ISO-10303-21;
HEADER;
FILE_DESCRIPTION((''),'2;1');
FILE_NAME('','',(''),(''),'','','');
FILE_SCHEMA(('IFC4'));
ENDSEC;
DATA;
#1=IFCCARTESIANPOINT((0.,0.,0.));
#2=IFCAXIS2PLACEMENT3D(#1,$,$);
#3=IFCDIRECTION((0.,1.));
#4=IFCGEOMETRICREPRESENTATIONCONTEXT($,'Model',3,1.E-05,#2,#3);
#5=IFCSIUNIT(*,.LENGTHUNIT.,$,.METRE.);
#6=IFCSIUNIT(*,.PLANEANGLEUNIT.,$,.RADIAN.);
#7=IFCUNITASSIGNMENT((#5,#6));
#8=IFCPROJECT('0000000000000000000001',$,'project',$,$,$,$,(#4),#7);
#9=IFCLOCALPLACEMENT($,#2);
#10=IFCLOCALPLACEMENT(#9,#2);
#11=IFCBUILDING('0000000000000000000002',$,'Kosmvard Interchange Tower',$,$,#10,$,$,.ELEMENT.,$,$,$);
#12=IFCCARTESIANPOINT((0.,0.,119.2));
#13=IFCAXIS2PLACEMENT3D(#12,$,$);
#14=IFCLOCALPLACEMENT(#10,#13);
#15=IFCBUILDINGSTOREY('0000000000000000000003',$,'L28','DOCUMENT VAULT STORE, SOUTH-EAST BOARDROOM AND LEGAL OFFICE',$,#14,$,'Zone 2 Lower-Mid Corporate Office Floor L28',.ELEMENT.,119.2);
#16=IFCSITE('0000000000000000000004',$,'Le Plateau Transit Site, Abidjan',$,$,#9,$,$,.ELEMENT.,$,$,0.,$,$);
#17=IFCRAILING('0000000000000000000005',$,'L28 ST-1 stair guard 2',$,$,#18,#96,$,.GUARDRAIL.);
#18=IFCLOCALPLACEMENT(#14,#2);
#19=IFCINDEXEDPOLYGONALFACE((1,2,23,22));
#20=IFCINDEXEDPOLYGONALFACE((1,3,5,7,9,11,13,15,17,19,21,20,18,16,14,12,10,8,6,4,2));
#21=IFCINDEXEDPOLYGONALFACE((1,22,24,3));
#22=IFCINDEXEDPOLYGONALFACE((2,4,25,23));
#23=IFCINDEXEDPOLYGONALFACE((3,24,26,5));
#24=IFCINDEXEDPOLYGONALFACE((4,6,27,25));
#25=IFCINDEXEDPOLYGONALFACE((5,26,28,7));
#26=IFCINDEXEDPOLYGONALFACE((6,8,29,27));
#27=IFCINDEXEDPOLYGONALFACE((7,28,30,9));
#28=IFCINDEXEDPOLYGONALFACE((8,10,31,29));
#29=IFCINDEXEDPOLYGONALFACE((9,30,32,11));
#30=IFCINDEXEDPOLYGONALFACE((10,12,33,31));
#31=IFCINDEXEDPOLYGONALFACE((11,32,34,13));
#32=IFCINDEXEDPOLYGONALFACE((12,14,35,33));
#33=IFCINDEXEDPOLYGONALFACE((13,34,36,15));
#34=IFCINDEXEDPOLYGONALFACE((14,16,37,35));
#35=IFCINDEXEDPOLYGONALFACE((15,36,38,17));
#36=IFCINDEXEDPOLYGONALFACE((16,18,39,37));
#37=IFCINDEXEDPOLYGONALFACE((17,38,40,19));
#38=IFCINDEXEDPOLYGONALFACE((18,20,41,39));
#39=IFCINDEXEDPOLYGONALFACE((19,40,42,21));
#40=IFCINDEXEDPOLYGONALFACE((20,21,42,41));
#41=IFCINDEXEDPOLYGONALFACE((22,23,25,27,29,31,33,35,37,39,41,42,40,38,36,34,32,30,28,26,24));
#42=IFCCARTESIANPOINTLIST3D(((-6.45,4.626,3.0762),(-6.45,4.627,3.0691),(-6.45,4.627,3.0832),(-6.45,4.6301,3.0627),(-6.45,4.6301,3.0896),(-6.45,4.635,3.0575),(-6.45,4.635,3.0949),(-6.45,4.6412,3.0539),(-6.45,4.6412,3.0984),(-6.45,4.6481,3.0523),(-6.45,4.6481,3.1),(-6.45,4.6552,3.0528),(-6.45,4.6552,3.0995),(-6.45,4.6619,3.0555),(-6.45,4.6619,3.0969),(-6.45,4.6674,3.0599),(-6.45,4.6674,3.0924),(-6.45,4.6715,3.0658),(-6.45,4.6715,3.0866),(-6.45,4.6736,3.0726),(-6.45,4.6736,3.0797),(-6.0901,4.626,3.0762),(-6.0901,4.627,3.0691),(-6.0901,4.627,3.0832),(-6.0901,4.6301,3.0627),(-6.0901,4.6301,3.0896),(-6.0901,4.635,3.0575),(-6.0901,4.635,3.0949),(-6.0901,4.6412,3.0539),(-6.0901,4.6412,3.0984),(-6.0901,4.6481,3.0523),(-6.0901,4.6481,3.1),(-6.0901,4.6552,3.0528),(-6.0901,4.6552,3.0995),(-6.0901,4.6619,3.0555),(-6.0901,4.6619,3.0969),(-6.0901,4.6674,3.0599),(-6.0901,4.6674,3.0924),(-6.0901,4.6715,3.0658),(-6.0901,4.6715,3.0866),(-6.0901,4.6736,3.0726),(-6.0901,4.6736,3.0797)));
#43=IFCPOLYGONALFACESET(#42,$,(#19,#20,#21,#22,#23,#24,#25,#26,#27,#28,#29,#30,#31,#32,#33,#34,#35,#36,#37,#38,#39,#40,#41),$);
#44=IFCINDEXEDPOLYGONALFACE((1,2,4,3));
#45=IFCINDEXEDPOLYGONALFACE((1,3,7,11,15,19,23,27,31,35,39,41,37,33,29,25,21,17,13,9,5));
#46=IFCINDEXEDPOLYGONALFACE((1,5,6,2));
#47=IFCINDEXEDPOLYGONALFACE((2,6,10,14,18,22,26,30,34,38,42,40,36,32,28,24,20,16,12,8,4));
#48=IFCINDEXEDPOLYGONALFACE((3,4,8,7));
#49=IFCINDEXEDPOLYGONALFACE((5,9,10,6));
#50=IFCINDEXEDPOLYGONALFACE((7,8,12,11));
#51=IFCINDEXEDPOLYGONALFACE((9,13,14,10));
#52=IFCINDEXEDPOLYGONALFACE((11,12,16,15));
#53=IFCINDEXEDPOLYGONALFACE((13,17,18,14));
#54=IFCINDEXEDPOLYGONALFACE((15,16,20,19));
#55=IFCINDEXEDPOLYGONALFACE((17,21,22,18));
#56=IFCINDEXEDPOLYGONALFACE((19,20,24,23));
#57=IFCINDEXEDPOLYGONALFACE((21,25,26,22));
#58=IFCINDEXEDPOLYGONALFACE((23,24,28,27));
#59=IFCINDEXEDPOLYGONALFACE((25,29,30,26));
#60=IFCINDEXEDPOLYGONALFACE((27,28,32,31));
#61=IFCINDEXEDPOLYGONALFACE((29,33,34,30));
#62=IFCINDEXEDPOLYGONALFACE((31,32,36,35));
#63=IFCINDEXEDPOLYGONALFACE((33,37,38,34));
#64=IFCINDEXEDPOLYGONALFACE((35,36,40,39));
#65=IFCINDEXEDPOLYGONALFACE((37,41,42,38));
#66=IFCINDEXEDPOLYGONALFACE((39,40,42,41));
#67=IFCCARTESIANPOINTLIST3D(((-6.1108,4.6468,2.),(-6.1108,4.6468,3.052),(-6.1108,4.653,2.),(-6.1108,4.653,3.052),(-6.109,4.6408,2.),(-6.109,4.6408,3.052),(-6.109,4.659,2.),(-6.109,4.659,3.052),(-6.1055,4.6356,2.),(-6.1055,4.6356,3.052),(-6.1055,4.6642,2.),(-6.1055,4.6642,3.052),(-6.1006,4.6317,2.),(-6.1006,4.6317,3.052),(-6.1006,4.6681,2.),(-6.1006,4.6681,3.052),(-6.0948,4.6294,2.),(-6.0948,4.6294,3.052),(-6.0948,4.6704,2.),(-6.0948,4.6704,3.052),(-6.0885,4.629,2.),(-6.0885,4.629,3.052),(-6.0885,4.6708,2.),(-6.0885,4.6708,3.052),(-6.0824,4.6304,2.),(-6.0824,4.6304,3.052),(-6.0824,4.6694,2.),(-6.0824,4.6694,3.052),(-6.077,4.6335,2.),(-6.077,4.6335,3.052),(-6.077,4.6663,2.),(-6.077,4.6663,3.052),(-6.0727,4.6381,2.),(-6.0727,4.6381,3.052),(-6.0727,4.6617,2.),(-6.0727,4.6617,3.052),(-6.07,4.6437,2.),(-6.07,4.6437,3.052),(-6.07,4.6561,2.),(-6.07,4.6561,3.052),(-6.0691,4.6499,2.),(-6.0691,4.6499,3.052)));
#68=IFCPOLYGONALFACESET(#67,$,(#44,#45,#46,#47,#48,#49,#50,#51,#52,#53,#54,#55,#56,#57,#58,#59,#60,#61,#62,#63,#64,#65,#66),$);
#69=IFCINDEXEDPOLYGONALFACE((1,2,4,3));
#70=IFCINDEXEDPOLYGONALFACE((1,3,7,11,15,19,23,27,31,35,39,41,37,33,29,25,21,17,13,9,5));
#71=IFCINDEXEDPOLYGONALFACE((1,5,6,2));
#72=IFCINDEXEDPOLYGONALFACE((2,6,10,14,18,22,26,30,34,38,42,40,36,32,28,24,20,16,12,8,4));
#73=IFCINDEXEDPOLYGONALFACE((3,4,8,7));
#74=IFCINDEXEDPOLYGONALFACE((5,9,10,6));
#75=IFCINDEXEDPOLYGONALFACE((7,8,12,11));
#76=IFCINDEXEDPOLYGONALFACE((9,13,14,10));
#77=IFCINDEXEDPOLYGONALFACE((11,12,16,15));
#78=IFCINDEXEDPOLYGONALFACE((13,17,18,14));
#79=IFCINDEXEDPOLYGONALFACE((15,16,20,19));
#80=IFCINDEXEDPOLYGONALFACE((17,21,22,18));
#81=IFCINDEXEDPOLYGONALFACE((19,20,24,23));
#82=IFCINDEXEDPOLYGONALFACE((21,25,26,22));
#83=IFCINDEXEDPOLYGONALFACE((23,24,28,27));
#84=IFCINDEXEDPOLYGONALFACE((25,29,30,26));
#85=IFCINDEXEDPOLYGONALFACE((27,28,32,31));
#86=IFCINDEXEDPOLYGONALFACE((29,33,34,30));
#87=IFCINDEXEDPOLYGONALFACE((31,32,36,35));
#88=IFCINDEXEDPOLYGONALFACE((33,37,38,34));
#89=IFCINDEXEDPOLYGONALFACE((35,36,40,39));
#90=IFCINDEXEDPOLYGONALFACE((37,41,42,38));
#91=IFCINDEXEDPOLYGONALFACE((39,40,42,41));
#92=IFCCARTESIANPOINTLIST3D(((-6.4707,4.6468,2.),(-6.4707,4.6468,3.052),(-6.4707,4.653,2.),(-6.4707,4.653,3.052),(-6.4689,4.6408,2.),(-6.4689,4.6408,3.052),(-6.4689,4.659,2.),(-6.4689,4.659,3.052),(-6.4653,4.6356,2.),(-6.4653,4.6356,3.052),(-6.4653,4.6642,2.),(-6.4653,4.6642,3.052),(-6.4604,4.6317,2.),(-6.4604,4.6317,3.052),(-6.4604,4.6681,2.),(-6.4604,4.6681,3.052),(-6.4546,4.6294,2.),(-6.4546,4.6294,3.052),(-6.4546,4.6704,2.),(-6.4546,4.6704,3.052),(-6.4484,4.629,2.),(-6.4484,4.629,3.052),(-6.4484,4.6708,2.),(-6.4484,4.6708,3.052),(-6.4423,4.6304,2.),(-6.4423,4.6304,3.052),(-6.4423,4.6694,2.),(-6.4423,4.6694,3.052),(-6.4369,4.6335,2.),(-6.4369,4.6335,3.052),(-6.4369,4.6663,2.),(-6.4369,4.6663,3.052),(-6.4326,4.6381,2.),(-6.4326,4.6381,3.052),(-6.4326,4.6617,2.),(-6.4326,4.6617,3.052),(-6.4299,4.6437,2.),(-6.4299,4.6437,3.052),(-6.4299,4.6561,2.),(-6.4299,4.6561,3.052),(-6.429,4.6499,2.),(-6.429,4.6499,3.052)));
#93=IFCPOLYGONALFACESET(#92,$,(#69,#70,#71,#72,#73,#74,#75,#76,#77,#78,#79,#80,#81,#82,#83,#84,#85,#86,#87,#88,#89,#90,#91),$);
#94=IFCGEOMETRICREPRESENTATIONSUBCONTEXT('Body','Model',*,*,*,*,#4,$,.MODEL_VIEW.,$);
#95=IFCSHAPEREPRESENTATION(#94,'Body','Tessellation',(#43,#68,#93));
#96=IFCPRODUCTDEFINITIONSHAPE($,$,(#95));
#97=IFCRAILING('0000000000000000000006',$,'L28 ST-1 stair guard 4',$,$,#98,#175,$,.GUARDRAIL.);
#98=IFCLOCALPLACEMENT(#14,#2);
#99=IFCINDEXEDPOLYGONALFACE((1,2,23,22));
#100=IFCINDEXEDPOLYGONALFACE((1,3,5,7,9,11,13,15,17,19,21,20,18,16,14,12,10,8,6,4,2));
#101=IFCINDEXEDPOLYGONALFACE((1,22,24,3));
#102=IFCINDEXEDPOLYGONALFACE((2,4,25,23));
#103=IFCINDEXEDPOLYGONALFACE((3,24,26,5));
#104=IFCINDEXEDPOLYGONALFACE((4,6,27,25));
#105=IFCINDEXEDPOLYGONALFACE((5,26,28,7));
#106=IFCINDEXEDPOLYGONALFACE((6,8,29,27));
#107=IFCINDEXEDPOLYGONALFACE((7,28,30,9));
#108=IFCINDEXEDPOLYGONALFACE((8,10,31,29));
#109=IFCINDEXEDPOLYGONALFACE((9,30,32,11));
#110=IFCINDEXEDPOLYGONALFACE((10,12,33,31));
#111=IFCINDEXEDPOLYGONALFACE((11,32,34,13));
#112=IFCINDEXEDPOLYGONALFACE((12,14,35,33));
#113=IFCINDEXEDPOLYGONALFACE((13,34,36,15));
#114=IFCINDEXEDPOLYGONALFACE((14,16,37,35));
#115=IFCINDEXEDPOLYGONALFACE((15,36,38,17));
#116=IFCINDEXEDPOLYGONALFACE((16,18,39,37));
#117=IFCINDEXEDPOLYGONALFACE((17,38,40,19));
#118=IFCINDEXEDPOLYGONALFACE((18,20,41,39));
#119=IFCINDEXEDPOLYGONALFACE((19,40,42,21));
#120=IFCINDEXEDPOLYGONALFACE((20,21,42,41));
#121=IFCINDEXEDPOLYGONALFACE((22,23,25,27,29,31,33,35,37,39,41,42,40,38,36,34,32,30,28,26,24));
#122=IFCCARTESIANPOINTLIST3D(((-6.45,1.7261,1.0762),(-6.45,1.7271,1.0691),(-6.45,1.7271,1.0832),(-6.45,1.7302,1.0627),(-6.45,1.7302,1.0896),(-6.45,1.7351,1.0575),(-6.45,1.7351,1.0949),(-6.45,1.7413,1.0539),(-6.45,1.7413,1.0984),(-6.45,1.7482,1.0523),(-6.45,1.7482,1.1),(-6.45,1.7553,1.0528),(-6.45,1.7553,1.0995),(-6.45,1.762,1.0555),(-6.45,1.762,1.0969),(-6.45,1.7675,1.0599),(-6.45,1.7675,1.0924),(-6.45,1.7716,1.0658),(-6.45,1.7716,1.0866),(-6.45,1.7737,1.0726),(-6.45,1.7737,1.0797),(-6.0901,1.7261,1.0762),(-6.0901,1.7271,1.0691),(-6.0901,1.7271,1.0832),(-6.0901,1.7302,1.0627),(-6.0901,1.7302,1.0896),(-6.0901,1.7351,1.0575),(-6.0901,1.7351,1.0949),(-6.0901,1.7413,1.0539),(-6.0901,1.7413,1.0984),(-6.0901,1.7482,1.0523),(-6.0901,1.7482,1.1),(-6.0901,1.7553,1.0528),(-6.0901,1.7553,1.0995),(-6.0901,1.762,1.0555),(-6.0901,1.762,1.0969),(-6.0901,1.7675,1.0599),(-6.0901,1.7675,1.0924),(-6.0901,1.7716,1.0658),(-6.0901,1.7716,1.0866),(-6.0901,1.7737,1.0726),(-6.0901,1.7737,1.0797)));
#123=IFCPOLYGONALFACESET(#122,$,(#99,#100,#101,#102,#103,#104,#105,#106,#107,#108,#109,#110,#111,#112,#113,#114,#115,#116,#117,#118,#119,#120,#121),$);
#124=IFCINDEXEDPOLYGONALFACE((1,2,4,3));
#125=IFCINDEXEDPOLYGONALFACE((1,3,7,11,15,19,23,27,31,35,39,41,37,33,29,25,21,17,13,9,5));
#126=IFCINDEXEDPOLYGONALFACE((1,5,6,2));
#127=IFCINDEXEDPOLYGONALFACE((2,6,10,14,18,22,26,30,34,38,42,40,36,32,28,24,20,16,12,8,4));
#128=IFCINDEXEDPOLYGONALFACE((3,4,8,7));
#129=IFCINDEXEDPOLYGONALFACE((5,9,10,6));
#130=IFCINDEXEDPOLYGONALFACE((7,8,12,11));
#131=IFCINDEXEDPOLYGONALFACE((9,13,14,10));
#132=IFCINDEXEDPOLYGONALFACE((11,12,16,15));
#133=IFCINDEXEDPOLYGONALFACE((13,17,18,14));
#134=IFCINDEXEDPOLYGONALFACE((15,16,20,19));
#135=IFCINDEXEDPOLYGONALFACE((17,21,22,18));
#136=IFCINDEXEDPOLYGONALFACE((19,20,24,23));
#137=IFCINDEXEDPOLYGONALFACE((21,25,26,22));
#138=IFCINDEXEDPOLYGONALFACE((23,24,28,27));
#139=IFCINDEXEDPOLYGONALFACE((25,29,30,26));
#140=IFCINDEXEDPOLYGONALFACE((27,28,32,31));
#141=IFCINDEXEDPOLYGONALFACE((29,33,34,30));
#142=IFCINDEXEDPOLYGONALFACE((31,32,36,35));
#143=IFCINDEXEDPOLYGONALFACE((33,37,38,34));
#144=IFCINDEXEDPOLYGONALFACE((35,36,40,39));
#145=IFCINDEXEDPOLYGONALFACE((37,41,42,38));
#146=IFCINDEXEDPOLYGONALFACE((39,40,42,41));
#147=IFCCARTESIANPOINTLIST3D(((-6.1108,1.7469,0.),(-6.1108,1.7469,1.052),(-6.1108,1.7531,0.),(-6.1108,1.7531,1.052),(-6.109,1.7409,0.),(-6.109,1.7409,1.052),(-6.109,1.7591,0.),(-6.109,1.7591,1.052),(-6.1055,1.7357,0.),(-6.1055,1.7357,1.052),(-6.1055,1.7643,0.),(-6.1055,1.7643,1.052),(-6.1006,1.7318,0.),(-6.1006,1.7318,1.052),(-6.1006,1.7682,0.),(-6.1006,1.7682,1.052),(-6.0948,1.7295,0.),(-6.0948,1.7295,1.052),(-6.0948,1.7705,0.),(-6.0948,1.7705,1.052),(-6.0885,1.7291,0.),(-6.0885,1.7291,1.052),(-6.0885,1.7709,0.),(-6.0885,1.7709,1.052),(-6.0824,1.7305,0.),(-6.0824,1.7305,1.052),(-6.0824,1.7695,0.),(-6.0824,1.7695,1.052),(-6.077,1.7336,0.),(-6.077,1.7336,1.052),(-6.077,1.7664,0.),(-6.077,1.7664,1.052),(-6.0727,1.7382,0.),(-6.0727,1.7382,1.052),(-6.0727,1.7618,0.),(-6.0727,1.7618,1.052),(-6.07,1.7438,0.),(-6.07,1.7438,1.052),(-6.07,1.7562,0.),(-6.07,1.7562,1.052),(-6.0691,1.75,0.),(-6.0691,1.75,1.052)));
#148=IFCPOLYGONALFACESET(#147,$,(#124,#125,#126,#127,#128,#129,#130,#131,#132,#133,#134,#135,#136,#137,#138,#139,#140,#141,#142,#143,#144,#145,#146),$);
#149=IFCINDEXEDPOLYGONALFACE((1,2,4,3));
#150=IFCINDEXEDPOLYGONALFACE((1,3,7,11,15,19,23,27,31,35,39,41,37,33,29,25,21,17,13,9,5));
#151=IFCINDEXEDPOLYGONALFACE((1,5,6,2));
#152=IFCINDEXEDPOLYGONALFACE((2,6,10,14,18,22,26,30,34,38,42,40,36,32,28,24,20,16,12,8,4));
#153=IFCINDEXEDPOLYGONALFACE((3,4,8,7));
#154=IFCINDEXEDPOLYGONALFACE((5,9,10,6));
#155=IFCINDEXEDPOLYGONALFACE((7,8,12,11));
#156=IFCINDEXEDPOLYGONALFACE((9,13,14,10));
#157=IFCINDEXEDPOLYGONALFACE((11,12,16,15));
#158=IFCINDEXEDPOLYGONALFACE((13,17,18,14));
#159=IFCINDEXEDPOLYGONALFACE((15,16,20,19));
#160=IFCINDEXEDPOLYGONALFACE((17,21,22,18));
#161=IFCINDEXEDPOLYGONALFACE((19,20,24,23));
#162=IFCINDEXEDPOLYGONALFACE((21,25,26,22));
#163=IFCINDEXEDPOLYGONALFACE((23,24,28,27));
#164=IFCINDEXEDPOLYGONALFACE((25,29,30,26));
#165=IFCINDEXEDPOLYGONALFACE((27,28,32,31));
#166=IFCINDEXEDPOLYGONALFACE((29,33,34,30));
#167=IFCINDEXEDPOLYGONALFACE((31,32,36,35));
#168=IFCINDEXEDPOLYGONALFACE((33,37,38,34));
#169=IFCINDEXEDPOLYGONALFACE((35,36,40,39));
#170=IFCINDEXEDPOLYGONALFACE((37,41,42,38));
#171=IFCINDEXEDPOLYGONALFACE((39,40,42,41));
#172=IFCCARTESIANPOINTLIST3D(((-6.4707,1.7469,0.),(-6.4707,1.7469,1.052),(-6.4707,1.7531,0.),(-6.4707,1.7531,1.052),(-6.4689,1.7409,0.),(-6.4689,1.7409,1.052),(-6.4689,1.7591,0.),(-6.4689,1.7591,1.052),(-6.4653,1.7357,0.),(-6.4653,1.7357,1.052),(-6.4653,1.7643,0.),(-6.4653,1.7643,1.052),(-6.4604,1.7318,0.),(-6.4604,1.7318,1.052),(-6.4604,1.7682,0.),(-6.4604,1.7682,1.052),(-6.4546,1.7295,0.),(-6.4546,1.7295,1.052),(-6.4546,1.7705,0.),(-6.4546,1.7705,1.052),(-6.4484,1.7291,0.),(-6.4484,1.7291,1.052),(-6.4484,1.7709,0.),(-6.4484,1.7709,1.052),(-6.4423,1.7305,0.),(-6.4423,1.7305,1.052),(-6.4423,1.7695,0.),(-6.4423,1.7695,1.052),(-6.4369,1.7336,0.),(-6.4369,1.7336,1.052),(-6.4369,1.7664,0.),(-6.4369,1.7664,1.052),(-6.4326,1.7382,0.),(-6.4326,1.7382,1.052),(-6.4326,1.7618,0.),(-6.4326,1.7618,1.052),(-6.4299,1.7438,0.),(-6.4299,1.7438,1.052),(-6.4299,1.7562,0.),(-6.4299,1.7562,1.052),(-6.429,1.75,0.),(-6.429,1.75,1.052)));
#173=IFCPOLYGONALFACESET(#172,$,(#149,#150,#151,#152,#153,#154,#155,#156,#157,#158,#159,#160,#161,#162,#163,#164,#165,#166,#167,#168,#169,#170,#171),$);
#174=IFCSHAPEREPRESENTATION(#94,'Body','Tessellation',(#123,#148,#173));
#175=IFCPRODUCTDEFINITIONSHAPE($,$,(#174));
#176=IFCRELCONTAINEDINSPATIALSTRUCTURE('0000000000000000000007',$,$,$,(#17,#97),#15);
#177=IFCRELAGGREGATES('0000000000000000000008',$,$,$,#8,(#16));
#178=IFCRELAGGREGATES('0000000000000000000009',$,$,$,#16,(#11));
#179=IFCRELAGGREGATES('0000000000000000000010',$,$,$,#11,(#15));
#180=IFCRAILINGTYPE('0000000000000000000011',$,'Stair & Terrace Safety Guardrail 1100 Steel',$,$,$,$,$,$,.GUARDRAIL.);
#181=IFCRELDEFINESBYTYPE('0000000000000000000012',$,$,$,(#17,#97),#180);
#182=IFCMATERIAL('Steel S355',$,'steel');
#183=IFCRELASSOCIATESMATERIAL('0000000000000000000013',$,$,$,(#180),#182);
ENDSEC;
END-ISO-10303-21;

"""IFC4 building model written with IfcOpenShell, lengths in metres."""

from ifc_helpers import new_model, si_unit, direction, frame, origin, origin_2d, place, context, subcontext, project, spatial, circle, extrude, source, transform, mapped, material, type_object, element, save


model = new_model("IFC4")

# Units and contexts
model_context = context("Model", 3, precision=1e-05, world=origin(), true_north=direction((0.0, 1.0)))
body_context = subcontext(model_context, "Body", "Model", "MODEL_VIEW")
ifc_project = project(units=[si_unit("LENGTHUNIT", "METRE"), si_unit("PLANEANGLEUNIT", "RADIAN")], contexts=[model_context])

# Site, building, storey
site_placement = place(None, origin())
site = spatial("IfcSite", under=ifc_project, at=site_placement, Name="Le Plateau Transit Site, Abidjan", CompositionType="ELEMENT", RefElevation=0.0)
building_placement = place(site_placement, origin())
building = spatial("IfcBuilding", under=site, at=building_placement, Name="Kosmvard Interchange Tower", CompositionType="ELEMENT")
storey_placement = place(building_placement, frame((0.0, 0.0, 119.2)))
storey = spatial("IfcBuildingStorey", under=building, at=storey_placement, Name="L28", Description="DOCUMENT VAULT STORE, SOUTH-EAST BOARDROOM AND LEGAL OFFICE", LongName="Zone 2 Lower-Mid Corporate Office Floor L28", CompositionType="ELEMENT", Elevation=119.2)

# Shared definitions
ifc_material_1 = material(Name="Steel S355", Category="steel")

# Railings
railing_type_1 = type_object("IfcRailingType", Name="Stair & Terrace Safety Guardrail 1100 Steel", PredefinedType="GUARDRAIL", material=ifc_material_1)
shared_shape_1 = source(origin(), body_context, "Body", "SweptSolid", [
    extrude(circle(Radius=0.0239, at=origin_2d()), frame((0.0, 0.0, 1.0762), z_axis=(-1.0, 0.0, 0.0), x_axis=(0.0, -1.0, 0.0)), (0.0, 0.0, 1.0), 0.3599),
    extrude(circle(Radius=0.021, at=origin_2d()), origin(), (0.0, 0.0, 1.0), 1.052),
    extrude(circle(Radius=0.021, at=origin_2d()), frame((-0.3599, 0.0, 0.0)), (0.0, 0.0, 1.0), 1.052),
])
for number, where, name in (
    (1, (-6.0901, 4.6499, 2.0), "L28 ST-1 stair guard 2"),
    (2, (-6.0901, 1.75, 0.0), "L28 ST-1 stair guard 4"),
):
    element("IfcRailing", number, at=place(storey_placement, frame(where)), inside=storey, type_object=railing_type_1, Name=name, PredefinedType="GUARDRAIL", context=body_context, shape_type="MappedRepresentation", body=[
        mapped(shared_shape_1, transform((0.0, 0.0, 0.0), scale=1.0)),
    ])

save(model, "model.ifc")
